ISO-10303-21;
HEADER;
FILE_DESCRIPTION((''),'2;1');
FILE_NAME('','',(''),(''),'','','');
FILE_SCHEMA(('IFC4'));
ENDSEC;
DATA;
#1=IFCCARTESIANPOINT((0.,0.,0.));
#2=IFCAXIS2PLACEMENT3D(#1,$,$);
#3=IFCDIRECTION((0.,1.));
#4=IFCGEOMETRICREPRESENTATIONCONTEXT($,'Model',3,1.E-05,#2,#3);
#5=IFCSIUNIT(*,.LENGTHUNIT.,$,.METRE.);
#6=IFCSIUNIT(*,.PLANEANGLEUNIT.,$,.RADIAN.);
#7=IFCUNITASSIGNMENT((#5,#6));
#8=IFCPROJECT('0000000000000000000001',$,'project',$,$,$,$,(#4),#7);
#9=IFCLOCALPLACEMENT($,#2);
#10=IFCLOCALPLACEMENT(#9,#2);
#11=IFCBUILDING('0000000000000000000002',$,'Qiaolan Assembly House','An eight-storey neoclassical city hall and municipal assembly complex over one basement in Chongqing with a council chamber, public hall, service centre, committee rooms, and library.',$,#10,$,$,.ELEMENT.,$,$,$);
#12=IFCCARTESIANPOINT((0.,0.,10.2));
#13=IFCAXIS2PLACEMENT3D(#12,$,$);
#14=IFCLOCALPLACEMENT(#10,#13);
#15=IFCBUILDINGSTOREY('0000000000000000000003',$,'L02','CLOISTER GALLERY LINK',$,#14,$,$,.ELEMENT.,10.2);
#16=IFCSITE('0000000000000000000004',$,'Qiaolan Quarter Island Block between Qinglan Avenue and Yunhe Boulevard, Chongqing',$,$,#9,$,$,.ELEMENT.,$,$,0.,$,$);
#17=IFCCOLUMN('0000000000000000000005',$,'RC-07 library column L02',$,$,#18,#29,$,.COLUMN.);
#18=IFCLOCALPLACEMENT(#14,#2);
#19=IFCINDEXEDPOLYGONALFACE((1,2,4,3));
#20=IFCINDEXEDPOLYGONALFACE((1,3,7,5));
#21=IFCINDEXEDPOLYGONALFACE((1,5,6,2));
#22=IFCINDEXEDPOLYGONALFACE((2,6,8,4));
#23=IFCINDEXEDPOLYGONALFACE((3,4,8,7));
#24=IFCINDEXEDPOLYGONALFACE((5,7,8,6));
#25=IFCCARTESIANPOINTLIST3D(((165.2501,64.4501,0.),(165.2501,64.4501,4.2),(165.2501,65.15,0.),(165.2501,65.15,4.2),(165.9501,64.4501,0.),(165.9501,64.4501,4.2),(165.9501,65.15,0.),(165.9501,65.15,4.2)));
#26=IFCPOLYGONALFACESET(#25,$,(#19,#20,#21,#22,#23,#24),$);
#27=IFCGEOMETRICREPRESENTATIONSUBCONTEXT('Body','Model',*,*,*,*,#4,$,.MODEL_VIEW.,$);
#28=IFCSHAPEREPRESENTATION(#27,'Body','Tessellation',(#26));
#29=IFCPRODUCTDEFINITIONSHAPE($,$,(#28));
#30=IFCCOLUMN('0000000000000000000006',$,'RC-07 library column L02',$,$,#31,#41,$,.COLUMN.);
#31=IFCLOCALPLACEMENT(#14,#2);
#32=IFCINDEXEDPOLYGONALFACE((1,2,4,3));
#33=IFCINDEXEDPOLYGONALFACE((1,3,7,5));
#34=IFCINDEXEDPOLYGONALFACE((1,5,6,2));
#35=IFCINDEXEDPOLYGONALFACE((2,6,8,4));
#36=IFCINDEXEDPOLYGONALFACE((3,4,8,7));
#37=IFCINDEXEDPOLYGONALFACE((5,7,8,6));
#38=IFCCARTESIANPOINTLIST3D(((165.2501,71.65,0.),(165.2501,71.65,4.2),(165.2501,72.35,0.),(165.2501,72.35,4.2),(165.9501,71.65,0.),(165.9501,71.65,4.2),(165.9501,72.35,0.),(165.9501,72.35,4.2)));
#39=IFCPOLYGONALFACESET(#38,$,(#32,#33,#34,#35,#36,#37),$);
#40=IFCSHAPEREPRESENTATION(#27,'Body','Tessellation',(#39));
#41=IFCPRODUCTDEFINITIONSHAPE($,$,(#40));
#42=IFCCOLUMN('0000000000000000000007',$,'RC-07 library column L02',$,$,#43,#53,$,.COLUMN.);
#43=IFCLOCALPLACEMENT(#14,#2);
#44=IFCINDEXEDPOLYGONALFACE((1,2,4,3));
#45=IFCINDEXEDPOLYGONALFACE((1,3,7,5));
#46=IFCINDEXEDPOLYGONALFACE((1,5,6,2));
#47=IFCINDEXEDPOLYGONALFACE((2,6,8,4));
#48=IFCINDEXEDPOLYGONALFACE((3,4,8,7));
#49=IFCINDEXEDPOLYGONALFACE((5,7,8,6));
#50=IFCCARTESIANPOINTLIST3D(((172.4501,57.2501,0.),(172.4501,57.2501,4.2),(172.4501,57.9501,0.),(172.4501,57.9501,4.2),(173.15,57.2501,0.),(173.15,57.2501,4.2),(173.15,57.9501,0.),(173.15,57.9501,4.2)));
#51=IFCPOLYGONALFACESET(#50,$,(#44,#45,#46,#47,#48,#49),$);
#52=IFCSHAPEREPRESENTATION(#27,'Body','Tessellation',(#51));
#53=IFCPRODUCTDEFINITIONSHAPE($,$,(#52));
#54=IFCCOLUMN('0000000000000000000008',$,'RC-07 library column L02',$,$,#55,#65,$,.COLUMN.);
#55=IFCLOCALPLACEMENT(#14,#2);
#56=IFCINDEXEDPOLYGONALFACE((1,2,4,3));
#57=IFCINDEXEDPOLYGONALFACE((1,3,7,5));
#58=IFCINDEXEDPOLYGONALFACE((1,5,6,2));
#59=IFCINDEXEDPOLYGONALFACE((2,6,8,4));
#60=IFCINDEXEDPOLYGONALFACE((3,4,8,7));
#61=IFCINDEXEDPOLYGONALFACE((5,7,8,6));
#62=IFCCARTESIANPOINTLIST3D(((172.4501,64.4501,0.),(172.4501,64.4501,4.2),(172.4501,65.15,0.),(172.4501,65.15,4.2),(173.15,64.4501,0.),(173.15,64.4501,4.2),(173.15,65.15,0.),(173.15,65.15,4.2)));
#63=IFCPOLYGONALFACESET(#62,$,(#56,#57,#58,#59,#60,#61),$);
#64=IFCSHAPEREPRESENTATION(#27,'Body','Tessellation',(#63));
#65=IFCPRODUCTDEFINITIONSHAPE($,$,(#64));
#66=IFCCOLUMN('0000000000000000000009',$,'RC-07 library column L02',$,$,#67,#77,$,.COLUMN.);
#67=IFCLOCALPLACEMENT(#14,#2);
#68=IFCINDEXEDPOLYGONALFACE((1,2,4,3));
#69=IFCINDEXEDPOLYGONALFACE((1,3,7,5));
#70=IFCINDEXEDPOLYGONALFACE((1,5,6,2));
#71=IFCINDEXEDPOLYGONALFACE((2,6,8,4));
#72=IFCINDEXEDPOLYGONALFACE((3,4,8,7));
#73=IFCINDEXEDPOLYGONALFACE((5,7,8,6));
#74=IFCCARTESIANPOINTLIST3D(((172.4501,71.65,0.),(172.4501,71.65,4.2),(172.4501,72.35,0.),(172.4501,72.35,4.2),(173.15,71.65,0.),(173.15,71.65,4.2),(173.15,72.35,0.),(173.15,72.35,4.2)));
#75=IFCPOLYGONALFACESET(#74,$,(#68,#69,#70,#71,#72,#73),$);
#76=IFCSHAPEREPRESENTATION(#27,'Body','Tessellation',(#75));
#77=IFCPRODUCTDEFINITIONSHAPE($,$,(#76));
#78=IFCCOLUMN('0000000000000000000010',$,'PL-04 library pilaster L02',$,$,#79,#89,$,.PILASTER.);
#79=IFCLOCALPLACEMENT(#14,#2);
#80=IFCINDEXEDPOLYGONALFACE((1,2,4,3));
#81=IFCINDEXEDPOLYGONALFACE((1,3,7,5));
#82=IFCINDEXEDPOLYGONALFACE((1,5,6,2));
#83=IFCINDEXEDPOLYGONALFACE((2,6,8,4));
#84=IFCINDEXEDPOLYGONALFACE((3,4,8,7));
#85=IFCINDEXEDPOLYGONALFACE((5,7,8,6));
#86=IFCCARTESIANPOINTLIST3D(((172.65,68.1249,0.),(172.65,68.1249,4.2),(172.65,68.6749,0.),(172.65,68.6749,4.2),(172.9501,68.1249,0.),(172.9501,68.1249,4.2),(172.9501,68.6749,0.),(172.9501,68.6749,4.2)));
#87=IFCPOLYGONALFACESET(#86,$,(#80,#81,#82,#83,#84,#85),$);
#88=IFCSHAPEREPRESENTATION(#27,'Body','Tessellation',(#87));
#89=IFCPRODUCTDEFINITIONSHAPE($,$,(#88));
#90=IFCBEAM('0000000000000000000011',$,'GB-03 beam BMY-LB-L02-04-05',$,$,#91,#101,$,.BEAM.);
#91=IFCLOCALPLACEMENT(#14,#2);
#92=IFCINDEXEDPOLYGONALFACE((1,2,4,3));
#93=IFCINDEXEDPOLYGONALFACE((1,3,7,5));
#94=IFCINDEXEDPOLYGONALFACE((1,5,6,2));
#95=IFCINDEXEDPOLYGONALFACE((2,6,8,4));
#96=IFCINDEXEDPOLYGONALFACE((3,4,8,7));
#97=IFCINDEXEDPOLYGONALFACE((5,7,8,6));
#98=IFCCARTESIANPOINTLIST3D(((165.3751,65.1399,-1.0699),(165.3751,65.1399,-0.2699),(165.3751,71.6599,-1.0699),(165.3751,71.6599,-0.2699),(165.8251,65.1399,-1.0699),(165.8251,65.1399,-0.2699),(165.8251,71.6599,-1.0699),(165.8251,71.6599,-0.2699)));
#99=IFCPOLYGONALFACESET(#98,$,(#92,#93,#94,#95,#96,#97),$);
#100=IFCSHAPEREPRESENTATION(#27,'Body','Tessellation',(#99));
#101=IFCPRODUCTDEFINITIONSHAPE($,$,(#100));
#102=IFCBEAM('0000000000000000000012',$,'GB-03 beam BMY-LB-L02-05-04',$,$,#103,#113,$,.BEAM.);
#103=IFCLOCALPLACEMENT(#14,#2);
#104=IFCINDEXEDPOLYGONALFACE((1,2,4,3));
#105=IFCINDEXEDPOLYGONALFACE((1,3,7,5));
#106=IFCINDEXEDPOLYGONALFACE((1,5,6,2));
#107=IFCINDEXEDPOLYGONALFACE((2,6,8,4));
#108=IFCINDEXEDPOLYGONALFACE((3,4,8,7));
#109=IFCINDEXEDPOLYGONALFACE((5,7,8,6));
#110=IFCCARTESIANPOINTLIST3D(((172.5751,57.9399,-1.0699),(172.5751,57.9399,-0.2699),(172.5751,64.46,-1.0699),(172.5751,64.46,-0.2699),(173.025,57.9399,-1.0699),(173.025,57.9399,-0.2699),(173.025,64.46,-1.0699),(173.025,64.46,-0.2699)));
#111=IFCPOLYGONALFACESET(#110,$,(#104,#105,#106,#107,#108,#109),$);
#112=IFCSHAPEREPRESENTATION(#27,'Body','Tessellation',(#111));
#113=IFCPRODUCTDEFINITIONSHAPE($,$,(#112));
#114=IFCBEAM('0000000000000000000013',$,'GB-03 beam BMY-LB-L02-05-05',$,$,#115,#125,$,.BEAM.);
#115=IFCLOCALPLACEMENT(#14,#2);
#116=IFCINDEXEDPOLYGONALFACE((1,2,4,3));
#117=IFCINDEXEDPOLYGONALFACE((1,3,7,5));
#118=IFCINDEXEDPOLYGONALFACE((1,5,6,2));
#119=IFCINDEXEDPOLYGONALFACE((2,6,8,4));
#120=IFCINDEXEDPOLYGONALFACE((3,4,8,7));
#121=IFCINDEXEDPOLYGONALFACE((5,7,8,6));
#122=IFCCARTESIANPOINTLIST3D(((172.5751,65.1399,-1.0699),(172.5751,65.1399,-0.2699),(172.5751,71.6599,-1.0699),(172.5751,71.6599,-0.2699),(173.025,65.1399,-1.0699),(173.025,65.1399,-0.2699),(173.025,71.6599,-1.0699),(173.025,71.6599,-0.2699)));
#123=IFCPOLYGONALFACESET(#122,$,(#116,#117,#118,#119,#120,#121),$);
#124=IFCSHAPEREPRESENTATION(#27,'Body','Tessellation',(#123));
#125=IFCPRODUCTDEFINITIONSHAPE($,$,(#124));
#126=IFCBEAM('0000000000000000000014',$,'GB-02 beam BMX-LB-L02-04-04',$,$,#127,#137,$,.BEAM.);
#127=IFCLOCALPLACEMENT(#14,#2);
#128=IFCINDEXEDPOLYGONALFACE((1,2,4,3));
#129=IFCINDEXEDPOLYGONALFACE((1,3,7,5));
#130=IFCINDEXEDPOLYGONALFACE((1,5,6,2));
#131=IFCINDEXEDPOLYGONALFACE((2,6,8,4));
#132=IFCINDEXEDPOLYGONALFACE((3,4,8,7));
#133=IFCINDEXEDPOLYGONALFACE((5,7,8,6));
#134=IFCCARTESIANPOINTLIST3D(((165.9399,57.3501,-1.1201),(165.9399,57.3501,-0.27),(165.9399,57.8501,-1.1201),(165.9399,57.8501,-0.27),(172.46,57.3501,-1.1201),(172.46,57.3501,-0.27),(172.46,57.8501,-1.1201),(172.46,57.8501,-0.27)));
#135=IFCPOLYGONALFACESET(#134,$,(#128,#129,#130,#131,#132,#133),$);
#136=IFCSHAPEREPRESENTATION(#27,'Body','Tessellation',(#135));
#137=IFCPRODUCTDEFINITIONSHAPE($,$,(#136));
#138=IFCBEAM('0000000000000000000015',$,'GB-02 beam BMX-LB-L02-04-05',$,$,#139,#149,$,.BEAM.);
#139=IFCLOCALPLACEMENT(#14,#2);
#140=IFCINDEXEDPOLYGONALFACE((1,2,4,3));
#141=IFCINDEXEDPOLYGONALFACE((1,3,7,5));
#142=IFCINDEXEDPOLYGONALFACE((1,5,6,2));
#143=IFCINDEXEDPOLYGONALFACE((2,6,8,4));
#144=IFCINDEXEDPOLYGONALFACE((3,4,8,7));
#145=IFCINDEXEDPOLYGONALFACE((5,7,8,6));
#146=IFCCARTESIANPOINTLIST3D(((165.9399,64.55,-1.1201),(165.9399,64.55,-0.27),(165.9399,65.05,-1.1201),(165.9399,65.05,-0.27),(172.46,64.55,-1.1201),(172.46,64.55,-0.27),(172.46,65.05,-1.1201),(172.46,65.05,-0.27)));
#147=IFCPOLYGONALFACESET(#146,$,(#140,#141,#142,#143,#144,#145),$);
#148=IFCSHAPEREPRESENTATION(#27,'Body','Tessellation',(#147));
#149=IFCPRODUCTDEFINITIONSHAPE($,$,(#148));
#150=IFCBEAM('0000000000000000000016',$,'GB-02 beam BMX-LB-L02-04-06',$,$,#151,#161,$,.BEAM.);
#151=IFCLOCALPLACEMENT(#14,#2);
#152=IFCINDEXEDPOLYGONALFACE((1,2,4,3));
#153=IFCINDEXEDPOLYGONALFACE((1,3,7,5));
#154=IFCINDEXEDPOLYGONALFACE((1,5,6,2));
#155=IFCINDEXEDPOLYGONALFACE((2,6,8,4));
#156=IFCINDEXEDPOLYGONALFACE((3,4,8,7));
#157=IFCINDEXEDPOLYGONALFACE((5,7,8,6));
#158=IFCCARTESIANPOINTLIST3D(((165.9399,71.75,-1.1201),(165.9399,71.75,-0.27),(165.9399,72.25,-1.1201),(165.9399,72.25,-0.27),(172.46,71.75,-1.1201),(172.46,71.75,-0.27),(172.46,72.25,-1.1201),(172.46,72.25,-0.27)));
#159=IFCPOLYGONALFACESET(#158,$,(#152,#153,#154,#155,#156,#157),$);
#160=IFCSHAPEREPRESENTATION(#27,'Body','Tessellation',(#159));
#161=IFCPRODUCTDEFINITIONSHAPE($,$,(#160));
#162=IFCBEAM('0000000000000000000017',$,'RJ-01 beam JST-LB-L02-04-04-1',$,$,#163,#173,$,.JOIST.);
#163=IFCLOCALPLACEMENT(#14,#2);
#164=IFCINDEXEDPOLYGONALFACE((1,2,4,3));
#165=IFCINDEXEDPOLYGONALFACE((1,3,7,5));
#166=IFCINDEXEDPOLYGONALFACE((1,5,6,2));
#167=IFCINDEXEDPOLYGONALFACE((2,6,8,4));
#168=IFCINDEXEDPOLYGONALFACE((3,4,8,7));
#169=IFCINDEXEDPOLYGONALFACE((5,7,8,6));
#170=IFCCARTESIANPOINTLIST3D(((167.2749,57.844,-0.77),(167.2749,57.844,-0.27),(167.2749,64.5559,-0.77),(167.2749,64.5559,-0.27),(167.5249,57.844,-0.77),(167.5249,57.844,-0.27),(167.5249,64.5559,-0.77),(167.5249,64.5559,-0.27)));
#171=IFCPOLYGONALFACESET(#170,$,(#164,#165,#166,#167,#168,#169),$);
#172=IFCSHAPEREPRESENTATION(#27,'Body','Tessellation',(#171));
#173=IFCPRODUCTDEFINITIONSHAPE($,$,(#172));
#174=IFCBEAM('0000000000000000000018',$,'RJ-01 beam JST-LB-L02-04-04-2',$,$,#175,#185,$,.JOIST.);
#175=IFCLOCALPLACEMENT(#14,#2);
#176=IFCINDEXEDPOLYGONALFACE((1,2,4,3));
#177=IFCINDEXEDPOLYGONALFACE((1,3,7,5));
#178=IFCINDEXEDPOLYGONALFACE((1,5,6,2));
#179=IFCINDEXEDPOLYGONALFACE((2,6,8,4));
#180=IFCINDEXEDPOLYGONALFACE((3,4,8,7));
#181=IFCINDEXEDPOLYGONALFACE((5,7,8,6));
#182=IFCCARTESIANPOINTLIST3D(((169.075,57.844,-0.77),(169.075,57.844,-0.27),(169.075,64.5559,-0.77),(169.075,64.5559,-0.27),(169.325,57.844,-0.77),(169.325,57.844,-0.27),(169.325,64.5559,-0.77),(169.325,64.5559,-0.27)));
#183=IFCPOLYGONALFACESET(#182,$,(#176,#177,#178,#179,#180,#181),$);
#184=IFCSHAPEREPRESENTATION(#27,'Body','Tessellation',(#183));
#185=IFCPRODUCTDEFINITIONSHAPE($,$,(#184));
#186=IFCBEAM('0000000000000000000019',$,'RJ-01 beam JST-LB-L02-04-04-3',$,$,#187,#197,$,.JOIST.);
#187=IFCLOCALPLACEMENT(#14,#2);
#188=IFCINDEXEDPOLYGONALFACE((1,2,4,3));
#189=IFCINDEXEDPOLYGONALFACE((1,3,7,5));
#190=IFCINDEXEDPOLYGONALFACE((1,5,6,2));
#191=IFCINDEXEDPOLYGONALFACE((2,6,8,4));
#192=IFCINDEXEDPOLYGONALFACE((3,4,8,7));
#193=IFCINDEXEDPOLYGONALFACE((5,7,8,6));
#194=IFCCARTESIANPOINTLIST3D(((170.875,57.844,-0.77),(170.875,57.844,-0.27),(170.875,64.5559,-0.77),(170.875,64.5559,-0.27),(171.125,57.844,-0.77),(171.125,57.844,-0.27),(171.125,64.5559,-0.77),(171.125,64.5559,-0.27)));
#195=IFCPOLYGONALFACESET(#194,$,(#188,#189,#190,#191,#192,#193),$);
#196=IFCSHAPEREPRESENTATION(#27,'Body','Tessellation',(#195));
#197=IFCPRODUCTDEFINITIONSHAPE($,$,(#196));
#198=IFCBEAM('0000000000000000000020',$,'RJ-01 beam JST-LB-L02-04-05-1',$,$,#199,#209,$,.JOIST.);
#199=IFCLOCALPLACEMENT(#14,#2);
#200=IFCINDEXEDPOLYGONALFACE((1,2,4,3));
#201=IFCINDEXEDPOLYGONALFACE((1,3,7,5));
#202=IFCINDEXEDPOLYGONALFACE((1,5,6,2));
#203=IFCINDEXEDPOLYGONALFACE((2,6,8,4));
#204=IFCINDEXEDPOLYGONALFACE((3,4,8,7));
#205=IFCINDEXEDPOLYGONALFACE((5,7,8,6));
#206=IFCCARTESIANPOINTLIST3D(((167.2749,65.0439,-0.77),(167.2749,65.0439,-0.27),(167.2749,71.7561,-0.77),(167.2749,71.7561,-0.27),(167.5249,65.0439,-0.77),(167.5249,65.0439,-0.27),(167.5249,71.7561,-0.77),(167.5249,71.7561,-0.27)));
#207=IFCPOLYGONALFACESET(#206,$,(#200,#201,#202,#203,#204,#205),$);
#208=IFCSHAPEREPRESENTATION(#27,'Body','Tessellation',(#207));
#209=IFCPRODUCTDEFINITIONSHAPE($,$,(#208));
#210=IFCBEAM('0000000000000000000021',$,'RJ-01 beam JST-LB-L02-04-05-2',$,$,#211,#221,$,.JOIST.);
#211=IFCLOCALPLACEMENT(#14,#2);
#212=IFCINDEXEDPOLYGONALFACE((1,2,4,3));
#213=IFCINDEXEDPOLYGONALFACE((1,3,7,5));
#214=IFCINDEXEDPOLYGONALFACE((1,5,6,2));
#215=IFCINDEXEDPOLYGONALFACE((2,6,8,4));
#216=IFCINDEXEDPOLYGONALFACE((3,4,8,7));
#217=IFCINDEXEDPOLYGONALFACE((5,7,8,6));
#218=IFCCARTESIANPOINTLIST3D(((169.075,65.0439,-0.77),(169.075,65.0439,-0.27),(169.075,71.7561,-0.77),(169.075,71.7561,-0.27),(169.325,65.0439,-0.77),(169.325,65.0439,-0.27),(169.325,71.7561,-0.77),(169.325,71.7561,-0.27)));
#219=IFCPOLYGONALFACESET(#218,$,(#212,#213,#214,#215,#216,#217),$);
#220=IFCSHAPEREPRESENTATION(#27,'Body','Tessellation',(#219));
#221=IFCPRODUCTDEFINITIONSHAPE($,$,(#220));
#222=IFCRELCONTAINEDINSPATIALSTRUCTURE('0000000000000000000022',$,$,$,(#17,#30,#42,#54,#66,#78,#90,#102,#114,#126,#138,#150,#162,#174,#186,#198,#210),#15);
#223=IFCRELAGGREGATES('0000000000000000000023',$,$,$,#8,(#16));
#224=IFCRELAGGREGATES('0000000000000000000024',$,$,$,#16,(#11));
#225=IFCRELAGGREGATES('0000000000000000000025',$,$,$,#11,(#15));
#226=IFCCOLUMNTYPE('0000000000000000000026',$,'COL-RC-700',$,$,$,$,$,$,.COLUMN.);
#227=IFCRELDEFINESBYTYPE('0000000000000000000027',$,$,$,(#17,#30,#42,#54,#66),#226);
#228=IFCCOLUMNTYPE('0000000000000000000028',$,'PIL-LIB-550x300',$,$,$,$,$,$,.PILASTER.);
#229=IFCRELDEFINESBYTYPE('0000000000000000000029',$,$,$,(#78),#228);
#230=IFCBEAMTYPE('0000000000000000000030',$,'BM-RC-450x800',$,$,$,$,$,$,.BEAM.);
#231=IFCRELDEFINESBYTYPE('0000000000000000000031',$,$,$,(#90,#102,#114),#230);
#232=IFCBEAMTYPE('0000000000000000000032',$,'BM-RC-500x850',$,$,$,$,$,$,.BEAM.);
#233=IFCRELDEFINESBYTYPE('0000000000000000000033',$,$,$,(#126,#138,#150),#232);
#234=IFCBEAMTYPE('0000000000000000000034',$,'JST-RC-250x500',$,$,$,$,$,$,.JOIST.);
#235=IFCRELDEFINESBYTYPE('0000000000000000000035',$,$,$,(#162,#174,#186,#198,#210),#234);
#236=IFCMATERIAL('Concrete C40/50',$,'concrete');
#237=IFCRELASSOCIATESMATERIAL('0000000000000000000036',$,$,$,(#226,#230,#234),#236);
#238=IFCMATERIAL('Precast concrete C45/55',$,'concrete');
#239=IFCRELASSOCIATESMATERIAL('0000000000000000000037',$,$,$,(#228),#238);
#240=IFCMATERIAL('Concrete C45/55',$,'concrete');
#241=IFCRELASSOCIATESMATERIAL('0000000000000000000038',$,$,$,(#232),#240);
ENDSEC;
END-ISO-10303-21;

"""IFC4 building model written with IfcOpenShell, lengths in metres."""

from ifc_helpers import new_model, si_unit, direction, frame, origin, origin_2d, place, context, subcontext, project, spatial, rectangle, extrude, material, material_profile, profile_set, type_object, element, save


model = new_model("IFC4")

# Units and contexts
model_context = context("Model", 3, precision=1e-05, world=origin(), true_north=direction((0.0, 1.0)))
body_context = subcontext(model_context, "Body", "Model", "MODEL_VIEW")
ifc_project = project(units=[si_unit("LENGTHUNIT", "METRE"), si_unit("PLANEANGLEUNIT", "RADIAN")], contexts=[model_context])

# Site, building, storey
site_placement = place(None, origin())
site = spatial("IfcSite", under=ifc_project, at=site_placement, Name="Qiaolan Quarter Island Block between Qinglan Avenue and Yunhe Boulevard, Chongqing", CompositionType="ELEMENT", RefElevation=0.0)
building_placement = place(site_placement, origin())
building = spatial("IfcBuilding", under=site, at=building_placement, Name="Qiaolan Assembly House", Description="An eight-storey neoclassical city hall and municipal assembly complex over one basement in Chongqing with a council chamber, public hall, service centre, committee rooms, and library.", CompositionType="ELEMENT")
storey_placement = place(building_placement, frame((0.0, 0.0, 10.2)))
storey = spatial("IfcBuildingStorey", under=building, at=storey_placement, Name="L02", Description="CLOISTER GALLERY LINK", CompositionType="ELEMENT", Elevation=10.2)

# Columns
ifc_material_1 = material(Name="Concrete C40/50", Category="concrete")
ifc_material_profile_1 = material_profile(ifc_material_1, rectangle(XDim=0.7, YDim=0.7, at=origin_2d()), Name="RC 700x700")
ifc_profile_set_1 = profile_set([ifc_material_profile_1], Name="Concrete C40/50")
column_type_1 = type_object("IfcColumnType", Name="COL-RC-700", PredefinedType="COLUMN", material=ifc_profile_set_1)
for number, where, z_axis, x_axis, name in (
    (1, (165.6001, 64.8, 0.0), (0.0, 0.0, 1.0), (1.0, 0.0, 0.0), "RC-07 library column L02"),
    (2, (165.6001, 72.0, 0.0), (0.0, 0.0, 1.0), (1.0, 0.0, 0.0), "RC-07 library column L02"),
    (3, (172.8, 57.6001, 0.0), (0.0, 0.0, 1.0), (1.0, 0.0, 0.0), "RC-07 library column L02"),
    (4, (172.8, 64.8, 0.0), (0.0, 0.0, 1.0), (1.0, 0.0, 0.0), "RC-07 library column L02"),
    (5, (172.8, 72.0, 0.0), (0.0, 0.0, 1.0), (1.0, 0.0, 0.0), "RC-07 library column L02"),
):
    element("IfcColumn", number, at=place(storey_placement, frame(where, z_axis=z_axis, x_axis=x_axis)), inside=storey, type_object=column_type_1, Name=name, PredefinedType="COLUMN", context=body_context, shape_type="SweptSolid", body=[
        extrude(rectangle(XDim=0.7, YDim=0.7, at=origin_2d()), origin(), (0.0, 0.0, 1.0), 4.2),
    ])
ifc_material_2 = material(Name="Precast concrete C45/55", Category="concrete")
ifc_material_profile_2 = material_profile(ifc_material_2, rectangle(XDim=0.55, YDim=0.3, at=origin_2d()), Name="PIL 550x300")
ifc_profile_set_2 = profile_set([ifc_material_profile_2], Name="Precast concrete C45/55")
column_type_2 = type_object("IfcColumnType", Name="PIL-LIB-550x300", PredefinedType="PILASTER", material=ifc_profile_set_2)
column_placement = place(storey_placement, frame((172.8, 68.3999, 0.0), z_axis=(0.0, 0.0, 1.0), x_axis=(0.0, 1.0, 0.0)))
element("IfcColumn", 6, at=column_placement, inside=storey, type_object=column_type_2, Name="PL-04 library pilaster L02", PredefinedType="PILASTER", context=body_context, shape_type="SweptSolid", body=[
    extrude(rectangle(XDim=0.55, YDim=0.3, at=origin_2d()), origin(), (0.0, 0.0, 1.0), 4.2),
])

# Beams
ifc_material_profile_3 = material_profile(ifc_material_1, rectangle(XDim=0.45, YDim=0.8, at=origin_2d()), Name="RCB 450x800")
ifc_profile_set_3 = profile_set([ifc_material_profile_3], Name="Concrete C40/50")
beam_type_1 = type_object("IfcBeamType", Name="BM-RC-450x800", PredefinedType="BEAM", material=ifc_profile_set_3)
for number, where, z_axis, x_axis, name in (
    (7, (165.6001, 65.1399, -0.6699), (0.0, 1.0, 0.0), (-1.0, 0.0, 0.0), "GB-03 beam BMY-LB-L02-04-05"),
    (8, (172.8, 57.9399, -0.6699), (0.0, 1.0, 0.0), (-1.0, 0.0, 0.0), "GB-03 beam BMY-LB-L02-05-04"),
    (9, (172.8, 65.1399, -0.6699), (0.0, 1.0, 0.0), (-1.0, 0.0, 0.0), "GB-03 beam BMY-LB-L02-05-05"),
):
    element("IfcBeam", number, at=place(storey_placement, frame(where, z_axis=z_axis, x_axis=x_axis)), inside=storey, type_object=beam_type_1, Name=name, PredefinedType="BEAM", context=body_context, shape_type="SweptSolid", body=[
        extrude(rectangle(XDim=0.45, YDim=0.8, at=origin_2d()), origin(), (0.0, 0.0, 1.0), 6.52),
    ])
ifc_material_3 = material(Name="Concrete C45/55", Category="concrete")
ifc_material_profile_4 = material_profile(ifc_material_3, rectangle(XDim=0.5, YDim=0.8501, at=origin_2d()), Name="RCB 500x850")
ifc_profile_set_4 = profile_set([ifc_material_profile_4], Name="Concrete C45/55")
beam_type_2 = type_object("IfcBeamType", Name="BM-RC-500x850", PredefinedType="BEAM", material=ifc_profile_set_4)
for number, where, z_axis, x_axis, name in (
    (10, (165.9399, 57.6001, -0.6951), (1.0, 0.0, 0.0), (0.0, 1.0, 0.0), "GB-02 beam BMX-LB-L02-04-04"),
    (11, (165.9399, 64.8, -0.6951), (1.0, 0.0, 0.0), (0.0, 1.0, 0.0), "GB-02 beam BMX-LB-L02-04-05"),
    (12, (165.9399, 72.0, -0.6951), (1.0, 0.0, 0.0), (0.0, 1.0, 0.0), "GB-02 beam BMX-LB-L02-04-06"),
):
    element("IfcBeam", number, at=place(storey_placement, frame(where, z_axis=z_axis, x_axis=x_axis)), inside=storey, type_object=beam_type_2, Name=name, PredefinedType="BEAM", context=body_context, shape_type="SweptSolid", body=[
        extrude(rectangle(XDim=0.5, YDim=0.8501, at=origin_2d()), origin(), (0.0, 0.0, 1.0), 6.52),
    ])
ifc_material_profile_5 = material_profile(ifc_material_1, rectangle(XDim=0.25, YDim=0.5, at=origin_2d()), Name="RCB 250x500")
ifc_profile_set_5 = profile_set([ifc_material_profile_5], Name="Concrete C40/50")
beam_type_3 = type_object("IfcBeamType", Name="JST-RC-250x500", PredefinedType="JOIST", material=ifc_profile_set_5)
for number, where, z_axis, x_axis, name in (
    (13, (167.3999, 57.844, -0.52), (0.0, 1.0, 0.0), (-1.0, 0.0, 0.0), "RJ-01 beam JST-LB-L02-04-04-1"),
    (14, (169.2, 57.844, -0.52), (0.0, 1.0, 0.0), (-1.0, 0.0, 0.0), "RJ-01 beam JST-LB-L02-04-04-2"),
    (15, (171.0, 57.844, -0.52), (0.0, 1.0, 0.0), (-1.0, 0.0, 0.0), "RJ-01 beam JST-LB-L02-04-04-3"),
):
    element("IfcBeam", number, at=place(storey_placement, frame(where, z_axis=z_axis, x_axis=x_axis)), inside=storey, type_object=beam_type_3, Name=name, PredefinedType="JOIST", context=body_context, shape_type="SweptSolid", body=[
        extrude(rectangle(XDim=0.25, YDim=0.5, at=origin_2d()), origin(), (0.0, 0.0, 1.0), 6.7119),
    ])
for number, where, z_axis, x_axis, name in (
    (16, (167.3999, 65.0439, -0.52), (0.0, 1.0, 0.0), (-1.0, 0.0, 0.0), "RJ-01 beam JST-LB-L02-04-05-1"),
    (17, (169.2, 65.0439, -0.52), (0.0, 1.0, 0.0), (-1.0, 0.0, 0.0), "RJ-01 beam JST-LB-L02-04-05-2"),
):
    element("IfcBeam", number, at=place(storey_placement, frame(where, z_axis=z_axis, x_axis=x_axis)), inside=storey, type_object=beam_type_3, Name=name, PredefinedType="JOIST", context=body_context, shape_type="SweptSolid", body=[
        extrude(rectangle(XDim=0.25, YDim=0.5, at=origin_2d()), origin(), (0.0, 0.0, 1.0), 6.7122),
    ])

save(model, "model.ifc")
